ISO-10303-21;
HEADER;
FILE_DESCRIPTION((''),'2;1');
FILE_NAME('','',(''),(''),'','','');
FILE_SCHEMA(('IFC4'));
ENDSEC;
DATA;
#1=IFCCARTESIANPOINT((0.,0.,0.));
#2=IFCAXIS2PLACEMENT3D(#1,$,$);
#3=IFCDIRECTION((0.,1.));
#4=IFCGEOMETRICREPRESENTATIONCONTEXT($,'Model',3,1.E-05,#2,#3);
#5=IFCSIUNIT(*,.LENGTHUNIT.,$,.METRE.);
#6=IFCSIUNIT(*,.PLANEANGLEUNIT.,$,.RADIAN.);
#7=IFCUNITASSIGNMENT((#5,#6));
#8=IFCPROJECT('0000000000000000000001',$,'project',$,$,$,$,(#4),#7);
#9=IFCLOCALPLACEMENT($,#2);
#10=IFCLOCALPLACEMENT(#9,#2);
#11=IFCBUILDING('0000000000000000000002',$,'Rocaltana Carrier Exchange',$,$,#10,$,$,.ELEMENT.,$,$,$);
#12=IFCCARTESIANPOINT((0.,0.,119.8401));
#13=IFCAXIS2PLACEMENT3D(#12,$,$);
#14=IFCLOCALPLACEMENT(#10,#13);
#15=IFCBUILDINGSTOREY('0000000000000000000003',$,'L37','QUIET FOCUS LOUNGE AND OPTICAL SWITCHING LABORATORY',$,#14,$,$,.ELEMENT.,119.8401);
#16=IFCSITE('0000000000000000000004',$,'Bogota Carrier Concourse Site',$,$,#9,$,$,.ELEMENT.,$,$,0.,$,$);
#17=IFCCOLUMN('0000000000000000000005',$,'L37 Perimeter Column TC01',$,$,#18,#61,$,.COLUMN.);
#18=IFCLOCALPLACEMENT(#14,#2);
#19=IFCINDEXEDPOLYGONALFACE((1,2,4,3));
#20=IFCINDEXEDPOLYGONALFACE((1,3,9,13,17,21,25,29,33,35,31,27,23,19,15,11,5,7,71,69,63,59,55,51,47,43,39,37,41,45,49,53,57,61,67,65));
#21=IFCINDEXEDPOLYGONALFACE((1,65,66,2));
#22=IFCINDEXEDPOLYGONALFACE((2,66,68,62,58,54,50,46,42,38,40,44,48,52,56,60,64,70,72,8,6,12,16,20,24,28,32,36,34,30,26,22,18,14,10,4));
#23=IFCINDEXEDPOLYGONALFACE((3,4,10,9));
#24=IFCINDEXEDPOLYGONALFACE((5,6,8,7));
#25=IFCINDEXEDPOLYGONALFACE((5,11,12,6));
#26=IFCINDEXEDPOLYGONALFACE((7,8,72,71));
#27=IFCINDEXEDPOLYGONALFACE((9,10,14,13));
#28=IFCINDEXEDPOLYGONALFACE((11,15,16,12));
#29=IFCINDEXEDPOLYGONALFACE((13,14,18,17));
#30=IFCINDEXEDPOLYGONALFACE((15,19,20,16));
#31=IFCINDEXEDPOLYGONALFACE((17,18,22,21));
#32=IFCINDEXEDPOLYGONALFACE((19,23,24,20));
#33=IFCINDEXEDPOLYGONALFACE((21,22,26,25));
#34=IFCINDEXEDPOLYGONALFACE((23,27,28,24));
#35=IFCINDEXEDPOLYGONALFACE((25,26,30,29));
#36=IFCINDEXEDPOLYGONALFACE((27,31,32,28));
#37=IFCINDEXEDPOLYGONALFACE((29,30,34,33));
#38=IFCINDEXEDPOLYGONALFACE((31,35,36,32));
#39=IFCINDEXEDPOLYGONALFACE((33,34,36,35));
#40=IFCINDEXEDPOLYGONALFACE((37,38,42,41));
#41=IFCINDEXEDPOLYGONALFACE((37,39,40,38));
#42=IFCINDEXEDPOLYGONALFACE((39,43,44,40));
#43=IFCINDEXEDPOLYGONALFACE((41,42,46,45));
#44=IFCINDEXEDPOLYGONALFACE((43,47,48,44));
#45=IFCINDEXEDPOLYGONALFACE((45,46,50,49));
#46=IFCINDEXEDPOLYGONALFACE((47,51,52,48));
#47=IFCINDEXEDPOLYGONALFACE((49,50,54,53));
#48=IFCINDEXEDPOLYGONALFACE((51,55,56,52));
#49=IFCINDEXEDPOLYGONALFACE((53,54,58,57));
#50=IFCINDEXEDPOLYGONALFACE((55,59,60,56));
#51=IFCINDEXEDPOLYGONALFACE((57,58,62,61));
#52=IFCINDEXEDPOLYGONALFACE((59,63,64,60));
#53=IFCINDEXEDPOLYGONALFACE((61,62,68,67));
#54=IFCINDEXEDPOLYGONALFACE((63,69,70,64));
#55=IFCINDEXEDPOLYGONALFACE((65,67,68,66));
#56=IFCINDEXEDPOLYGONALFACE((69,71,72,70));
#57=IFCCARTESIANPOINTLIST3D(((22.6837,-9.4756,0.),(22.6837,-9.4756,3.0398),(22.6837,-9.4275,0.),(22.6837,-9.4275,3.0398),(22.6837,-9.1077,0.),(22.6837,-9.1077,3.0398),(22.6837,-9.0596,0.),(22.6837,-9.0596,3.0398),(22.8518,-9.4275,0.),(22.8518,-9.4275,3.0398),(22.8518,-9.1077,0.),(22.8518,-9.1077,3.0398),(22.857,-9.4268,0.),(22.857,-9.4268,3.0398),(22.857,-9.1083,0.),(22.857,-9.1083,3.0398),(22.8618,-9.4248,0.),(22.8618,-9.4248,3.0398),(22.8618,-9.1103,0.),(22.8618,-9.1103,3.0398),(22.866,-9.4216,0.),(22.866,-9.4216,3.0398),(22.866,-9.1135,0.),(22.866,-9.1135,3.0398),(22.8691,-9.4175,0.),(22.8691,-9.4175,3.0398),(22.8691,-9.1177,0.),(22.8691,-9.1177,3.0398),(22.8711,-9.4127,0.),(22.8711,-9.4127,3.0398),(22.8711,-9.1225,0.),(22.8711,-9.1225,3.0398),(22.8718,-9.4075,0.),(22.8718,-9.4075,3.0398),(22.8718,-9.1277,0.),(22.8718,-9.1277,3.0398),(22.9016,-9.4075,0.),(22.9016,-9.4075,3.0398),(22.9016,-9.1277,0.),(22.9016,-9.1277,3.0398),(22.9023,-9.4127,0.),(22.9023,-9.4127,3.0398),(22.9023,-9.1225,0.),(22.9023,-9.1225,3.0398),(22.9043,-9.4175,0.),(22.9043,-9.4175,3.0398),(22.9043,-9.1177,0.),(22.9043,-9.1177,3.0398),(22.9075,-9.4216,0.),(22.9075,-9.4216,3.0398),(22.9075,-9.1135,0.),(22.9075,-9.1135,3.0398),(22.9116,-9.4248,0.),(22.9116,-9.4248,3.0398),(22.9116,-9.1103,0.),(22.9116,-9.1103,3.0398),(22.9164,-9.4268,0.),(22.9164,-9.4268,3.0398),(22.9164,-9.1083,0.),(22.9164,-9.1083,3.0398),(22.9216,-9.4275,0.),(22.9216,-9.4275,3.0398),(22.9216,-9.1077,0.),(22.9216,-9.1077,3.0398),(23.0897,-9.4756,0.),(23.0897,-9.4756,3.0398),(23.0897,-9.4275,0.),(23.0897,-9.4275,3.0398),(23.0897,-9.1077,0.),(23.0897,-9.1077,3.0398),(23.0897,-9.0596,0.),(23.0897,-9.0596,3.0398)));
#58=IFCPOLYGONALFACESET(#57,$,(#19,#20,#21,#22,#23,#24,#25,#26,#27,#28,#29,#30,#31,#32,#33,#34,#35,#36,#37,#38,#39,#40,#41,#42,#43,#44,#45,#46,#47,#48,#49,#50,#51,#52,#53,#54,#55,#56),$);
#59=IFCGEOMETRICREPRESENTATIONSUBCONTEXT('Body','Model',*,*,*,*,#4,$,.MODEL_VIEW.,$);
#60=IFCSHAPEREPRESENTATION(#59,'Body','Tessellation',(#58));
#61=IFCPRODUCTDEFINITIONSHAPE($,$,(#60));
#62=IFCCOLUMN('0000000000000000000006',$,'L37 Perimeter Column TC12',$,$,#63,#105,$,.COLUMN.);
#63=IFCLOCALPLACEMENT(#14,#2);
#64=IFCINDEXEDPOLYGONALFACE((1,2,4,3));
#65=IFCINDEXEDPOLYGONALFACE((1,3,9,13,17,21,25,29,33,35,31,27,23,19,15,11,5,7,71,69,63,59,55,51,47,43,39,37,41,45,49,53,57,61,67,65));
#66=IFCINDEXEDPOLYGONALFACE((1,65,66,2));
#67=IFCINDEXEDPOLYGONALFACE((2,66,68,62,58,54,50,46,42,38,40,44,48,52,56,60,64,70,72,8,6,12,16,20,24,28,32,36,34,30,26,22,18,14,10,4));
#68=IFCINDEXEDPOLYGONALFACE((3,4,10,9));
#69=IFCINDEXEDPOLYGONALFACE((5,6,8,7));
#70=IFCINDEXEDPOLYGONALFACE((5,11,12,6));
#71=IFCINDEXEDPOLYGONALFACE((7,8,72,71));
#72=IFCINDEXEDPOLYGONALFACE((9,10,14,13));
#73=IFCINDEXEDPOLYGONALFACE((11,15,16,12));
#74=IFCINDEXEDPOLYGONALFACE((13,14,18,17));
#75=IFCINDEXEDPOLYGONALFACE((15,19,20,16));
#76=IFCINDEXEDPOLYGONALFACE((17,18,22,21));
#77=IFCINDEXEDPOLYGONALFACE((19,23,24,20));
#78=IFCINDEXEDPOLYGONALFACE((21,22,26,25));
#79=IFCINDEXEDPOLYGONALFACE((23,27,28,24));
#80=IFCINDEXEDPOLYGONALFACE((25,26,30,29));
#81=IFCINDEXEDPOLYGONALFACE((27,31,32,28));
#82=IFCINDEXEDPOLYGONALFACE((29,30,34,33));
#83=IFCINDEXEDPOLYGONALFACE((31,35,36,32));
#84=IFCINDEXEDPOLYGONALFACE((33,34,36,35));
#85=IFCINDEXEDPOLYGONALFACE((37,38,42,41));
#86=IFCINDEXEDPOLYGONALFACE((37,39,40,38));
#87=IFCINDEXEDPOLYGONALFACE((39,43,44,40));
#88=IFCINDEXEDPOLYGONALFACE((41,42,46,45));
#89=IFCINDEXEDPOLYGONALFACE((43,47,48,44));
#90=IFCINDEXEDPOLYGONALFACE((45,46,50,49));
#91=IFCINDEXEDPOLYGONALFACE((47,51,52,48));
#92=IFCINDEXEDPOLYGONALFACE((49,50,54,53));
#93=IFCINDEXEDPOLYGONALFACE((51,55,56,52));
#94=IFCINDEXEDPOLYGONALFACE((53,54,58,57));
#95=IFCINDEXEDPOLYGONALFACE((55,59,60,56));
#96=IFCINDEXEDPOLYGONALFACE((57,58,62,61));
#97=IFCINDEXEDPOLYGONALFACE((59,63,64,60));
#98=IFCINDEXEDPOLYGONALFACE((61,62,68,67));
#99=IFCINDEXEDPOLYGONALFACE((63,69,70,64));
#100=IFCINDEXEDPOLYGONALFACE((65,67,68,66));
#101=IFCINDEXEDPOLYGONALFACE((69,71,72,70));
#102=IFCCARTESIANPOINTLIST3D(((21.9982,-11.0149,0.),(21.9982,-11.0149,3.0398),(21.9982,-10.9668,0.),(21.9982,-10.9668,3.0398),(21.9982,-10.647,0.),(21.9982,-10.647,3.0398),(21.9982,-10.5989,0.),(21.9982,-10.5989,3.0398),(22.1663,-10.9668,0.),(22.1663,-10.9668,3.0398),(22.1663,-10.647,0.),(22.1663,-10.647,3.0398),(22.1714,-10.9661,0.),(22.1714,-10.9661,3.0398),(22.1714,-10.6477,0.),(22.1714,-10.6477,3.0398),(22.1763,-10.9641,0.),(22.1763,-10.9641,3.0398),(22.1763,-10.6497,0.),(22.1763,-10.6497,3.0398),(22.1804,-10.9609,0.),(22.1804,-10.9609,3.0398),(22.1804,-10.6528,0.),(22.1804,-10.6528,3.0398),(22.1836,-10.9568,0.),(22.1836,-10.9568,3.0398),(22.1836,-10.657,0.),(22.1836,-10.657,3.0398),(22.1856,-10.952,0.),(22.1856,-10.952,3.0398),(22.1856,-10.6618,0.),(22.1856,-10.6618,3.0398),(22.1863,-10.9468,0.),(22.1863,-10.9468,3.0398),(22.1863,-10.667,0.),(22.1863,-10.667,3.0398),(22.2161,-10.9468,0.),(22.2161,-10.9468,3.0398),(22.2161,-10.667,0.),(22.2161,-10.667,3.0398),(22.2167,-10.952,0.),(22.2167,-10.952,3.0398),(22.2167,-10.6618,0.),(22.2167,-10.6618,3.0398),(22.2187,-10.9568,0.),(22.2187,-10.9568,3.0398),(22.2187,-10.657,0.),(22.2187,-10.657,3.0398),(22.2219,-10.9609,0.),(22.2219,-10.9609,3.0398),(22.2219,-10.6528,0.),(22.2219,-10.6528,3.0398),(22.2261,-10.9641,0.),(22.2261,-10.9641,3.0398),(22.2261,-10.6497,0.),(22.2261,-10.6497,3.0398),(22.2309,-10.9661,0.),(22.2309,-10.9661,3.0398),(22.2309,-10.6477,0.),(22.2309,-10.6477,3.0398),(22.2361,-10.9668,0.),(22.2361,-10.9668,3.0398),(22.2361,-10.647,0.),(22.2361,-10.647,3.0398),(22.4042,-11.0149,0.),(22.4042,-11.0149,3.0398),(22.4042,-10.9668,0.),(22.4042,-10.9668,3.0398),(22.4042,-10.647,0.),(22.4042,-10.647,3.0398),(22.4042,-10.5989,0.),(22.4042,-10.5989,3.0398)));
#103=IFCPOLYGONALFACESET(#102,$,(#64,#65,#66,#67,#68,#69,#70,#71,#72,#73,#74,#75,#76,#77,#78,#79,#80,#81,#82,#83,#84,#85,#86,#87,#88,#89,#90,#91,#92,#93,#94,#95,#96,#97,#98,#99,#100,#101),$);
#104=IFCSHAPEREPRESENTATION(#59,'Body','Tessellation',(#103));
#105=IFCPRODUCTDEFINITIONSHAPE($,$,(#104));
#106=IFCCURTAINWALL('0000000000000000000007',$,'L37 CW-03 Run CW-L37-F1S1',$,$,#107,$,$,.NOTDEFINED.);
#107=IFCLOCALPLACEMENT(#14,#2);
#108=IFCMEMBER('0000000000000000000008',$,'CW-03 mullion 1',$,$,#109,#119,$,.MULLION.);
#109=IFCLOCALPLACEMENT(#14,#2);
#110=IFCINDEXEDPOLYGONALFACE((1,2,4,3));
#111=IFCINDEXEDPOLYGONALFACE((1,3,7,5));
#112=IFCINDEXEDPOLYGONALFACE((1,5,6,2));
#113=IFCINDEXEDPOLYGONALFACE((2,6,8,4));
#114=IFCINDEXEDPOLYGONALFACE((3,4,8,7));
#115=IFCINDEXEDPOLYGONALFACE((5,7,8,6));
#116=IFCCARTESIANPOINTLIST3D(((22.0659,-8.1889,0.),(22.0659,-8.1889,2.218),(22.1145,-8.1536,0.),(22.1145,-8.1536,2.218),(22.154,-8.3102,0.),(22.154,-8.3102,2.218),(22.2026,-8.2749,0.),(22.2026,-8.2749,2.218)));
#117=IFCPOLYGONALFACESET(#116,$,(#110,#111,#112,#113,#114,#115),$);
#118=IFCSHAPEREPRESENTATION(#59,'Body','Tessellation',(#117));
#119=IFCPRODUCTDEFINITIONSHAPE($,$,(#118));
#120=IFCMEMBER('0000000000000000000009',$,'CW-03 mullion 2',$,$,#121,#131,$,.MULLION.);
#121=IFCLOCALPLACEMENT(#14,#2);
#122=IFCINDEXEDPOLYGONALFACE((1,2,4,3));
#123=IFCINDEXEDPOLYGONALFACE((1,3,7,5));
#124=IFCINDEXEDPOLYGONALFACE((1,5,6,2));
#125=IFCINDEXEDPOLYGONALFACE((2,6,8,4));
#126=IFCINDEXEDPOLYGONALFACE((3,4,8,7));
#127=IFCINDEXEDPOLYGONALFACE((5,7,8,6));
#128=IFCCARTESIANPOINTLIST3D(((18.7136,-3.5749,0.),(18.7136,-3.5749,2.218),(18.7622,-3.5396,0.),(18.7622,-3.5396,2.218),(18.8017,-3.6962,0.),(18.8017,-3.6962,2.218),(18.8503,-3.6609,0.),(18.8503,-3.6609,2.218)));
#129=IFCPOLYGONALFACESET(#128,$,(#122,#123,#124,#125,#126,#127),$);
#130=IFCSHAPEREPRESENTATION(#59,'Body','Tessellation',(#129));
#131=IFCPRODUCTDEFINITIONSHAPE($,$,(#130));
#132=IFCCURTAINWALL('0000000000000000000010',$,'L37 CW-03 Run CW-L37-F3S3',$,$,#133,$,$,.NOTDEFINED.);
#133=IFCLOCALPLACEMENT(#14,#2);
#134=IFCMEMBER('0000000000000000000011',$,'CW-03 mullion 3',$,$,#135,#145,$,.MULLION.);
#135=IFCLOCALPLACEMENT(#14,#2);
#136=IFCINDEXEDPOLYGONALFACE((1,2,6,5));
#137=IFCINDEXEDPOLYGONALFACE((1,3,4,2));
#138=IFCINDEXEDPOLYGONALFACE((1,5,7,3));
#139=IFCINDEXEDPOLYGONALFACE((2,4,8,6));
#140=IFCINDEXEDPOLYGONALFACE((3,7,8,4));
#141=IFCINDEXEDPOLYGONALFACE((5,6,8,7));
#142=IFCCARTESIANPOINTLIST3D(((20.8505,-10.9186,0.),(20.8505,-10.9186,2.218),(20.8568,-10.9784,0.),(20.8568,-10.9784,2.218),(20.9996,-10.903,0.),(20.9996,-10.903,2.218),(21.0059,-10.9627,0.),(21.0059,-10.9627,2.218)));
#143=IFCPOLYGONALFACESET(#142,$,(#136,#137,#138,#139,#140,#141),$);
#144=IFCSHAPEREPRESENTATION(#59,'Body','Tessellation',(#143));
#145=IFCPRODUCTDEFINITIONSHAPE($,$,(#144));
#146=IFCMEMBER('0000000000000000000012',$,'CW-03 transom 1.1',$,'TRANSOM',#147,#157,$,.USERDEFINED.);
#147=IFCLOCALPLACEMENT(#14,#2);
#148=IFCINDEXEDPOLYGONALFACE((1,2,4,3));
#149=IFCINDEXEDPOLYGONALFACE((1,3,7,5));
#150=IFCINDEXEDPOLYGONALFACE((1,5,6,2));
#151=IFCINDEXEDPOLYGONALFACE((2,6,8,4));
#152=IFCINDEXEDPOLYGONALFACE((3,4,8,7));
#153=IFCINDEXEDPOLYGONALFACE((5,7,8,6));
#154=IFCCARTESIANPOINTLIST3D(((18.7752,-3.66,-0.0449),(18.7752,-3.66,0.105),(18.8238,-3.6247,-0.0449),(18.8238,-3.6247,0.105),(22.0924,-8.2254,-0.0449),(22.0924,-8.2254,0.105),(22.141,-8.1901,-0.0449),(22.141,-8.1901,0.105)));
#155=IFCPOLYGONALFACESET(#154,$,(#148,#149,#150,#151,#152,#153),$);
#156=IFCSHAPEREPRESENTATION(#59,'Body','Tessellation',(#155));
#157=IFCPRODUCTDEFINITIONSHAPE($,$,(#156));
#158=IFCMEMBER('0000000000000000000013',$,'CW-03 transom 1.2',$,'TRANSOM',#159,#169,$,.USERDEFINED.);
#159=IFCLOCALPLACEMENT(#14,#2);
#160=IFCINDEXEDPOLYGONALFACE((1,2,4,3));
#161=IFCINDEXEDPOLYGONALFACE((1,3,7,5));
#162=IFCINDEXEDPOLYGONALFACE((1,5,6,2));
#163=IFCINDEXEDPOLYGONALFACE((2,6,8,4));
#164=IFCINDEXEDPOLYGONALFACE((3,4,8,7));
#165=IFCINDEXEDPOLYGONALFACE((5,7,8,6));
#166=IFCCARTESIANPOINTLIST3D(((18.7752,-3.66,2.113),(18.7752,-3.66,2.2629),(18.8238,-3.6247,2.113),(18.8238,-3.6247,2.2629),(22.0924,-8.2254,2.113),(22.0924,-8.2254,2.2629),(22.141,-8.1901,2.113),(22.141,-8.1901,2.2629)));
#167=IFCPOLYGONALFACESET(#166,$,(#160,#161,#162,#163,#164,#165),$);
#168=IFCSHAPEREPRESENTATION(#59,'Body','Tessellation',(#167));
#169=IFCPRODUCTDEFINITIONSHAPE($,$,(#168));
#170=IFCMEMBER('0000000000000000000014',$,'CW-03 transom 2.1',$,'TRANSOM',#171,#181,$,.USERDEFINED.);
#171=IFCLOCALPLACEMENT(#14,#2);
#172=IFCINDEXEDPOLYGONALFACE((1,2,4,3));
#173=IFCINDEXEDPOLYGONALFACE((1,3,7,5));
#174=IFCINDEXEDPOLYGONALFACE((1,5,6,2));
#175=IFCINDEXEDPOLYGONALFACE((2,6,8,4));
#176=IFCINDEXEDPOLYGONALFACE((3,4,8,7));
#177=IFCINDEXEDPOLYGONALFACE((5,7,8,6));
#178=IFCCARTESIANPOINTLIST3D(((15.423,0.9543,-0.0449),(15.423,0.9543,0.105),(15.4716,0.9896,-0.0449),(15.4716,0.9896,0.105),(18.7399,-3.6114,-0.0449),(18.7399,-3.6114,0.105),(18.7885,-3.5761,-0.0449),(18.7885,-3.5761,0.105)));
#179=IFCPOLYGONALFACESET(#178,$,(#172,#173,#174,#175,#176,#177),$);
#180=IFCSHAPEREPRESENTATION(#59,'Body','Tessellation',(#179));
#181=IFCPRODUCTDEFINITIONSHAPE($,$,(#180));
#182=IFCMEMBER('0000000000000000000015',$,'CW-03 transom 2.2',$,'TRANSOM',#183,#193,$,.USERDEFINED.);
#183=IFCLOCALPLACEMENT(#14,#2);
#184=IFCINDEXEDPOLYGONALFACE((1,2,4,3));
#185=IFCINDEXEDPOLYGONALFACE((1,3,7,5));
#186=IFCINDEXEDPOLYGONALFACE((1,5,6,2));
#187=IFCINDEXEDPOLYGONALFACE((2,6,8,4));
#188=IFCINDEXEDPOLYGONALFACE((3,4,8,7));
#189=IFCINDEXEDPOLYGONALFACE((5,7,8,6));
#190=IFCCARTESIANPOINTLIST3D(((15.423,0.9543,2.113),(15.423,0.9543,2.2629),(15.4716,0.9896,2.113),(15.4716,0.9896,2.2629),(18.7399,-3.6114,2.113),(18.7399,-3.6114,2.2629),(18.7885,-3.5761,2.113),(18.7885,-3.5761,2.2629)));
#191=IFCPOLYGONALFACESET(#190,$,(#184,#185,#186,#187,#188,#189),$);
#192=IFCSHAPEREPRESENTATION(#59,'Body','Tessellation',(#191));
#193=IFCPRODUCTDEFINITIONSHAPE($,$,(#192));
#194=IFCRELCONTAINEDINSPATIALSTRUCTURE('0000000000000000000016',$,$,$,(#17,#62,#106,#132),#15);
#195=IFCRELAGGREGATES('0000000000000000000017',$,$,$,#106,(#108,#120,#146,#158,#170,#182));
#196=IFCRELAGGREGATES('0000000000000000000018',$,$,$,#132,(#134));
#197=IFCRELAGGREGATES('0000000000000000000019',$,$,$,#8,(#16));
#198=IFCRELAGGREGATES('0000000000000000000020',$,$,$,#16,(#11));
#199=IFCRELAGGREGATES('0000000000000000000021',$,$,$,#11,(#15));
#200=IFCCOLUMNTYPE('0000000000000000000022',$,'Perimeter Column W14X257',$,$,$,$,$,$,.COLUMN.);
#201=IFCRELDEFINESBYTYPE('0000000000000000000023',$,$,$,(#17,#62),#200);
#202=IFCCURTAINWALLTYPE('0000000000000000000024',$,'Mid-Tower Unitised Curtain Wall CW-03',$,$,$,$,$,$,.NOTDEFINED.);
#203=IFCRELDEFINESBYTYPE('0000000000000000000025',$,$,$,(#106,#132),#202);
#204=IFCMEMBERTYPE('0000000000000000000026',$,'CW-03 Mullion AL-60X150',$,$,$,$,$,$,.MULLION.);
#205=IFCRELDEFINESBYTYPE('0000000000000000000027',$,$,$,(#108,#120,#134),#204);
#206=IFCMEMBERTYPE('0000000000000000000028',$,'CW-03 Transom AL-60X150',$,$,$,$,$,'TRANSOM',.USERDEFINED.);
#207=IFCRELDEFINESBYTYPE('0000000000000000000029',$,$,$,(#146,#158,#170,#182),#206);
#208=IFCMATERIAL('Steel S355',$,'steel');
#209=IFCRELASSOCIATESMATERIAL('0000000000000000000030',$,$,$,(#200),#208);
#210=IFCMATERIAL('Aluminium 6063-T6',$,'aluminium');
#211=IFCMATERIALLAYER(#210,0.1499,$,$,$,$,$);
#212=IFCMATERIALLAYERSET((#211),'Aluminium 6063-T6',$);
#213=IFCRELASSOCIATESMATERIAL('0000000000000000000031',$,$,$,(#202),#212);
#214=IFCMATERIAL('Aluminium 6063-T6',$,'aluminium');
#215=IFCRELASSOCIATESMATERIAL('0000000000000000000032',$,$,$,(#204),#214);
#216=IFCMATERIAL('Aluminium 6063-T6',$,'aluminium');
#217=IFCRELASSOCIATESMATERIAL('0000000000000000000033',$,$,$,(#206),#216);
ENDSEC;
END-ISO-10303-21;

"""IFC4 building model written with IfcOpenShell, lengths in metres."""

from ifc_helpers import new_model, si_unit, direction, frame, origin, origin_2d, place, context, subcontext, project, spatial, rectangle, i_section, extrude, material, layer, layer_set, material_profile, profile_set, type_object, element, aggregate, save


model = new_model("IFC4")

# Units and contexts
model_context = context("Model", 3, precision=1e-05, world=origin(), true_north=direction((0.0, 1.0)))
body_context = subcontext(model_context, "Body", "Model", "MODEL_VIEW")
ifc_project = project(units=[si_unit("LENGTHUNIT", "METRE"), si_unit("PLANEANGLEUNIT", "RADIAN")], contexts=[model_context])

# Site, building, storey
site_placement = place(None, origin())
site = spatial("IfcSite", under=ifc_project, at=site_placement, Name="Bogota Carrier Concourse Site", CompositionType="ELEMENT", RefElevation=0.0)
building_placement = place(site_placement, origin())
building = spatial("IfcBuilding", under=site, at=building_placement, Name="Rocaltana Carrier Exchange", CompositionType="ELEMENT")
storey_placement = place(building_placement, frame((0.0, 0.0, 119.8401)))
storey = spatial("IfcBuildingStorey", under=building, at=storey_placement, Name="L37", Description="QUIET FOCUS LOUNGE AND OPTICAL SWITCHING LABORATORY", CompositionType="ELEMENT", Elevation=119.8401)

# Columns
ifc_material_1 = material(Name="Steel S355", Category="steel")
ifc_material_profile_1 = material_profile(ifc_material_1, i_section(OverallWidth=0.406, OverallDepth=0.416, WebThickness=0.0298, FlangeThickness=0.0481, FilletRadius=0.02, at=origin_2d()), Name="W14X257")
ifc_profile_set_1 = profile_set([ifc_material_profile_1], Name="Steel S355")
column_type = type_object("IfcColumnType", Name="Perimeter Column W14X257", PredefinedType="COLUMN", material=ifc_profile_set_1)
for number, where, z_axis, x_axis, name in (
    (1, (22.8867, -9.2676, 0.0), (0.0, 0.0, 1.0), (1.0, 0.0, 0.0), "L37 Perimeter Column TC01"),
    (2, (22.2012, -10.8069, 0.0), (0.0, 0.0, 1.0), (1.0, 0.0, 0.0), "L37 Perimeter Column TC12"),
):
    element("IfcColumn", number, at=place(storey_placement, frame(where, z_axis=z_axis, x_axis=x_axis)), inside=storey, type_object=column_type, Name=name, PredefinedType="COLUMN", context=body_context, shape_type="SweptSolid", body=[
        extrude(i_section(OverallWidth=0.406, OverallDepth=0.416, WebThickness=0.0298, FlangeThickness=0.0481, FilletRadius=0.02, at=origin_2d()), origin(), (0.0, 0.0, 1.0), 3.0398),
    ])

# Curtain wall, members
ifc_material_2 = material(Name="Aluminium 6063-T6", Category="aluminium")
ifc_layer_1 = layer(ifc_material_2, 0.1499)
ifc_layer_set_1 = layer_set([ifc_layer_1], Name="Aluminium 6063-T6")
curtain_wall_type = type_object("IfcCurtainWallType", Name="Mid-Tower Unitised Curtain Wall CW-03", PredefinedType="NOTDEFINED", material=ifc_layer_set_1)
curtain_wall_1_placement = place(storey_placement, origin())
curtain_wall_1 = element("IfcCurtainWall", 3, at=curtain_wall_1_placement, inside=storey, type_object=curtain_wall_type, Name="L37 CW-03 Run CW-L37-F1S1", PredefinedType="NOTDEFINED")
ifc_material_3 = material(Name="Aluminium 6063-T6", Category="aluminium")
ifc_material_profile_2 = material_profile(ifc_material_3, rectangle(XDim=0.0601, YDim=0.1499, at=origin_2d()), Name="AL-60X150")
ifc_profile_set_2 = profile_set([ifc_material_profile_2], Name="Aluminium 6063-T6")
member_type_1 = type_object("IfcMemberType", Name="CW-03 Mullion AL-60X150", PredefinedType="MULLION", material=ifc_profile_set_2)
member_1_placement = place(storey_placement, frame((22.1343, -8.2319, 0.0), z_axis=(0.0, 0.0, 1.0), x_axis=(-0.809014, -0.58779, 0.0)))
member_1 = element("IfcMember", 4, at=member_1_placement, type_object=member_type_1, Name="CW-03 mullion 1", PredefinedType="MULLION", context=body_context, shape_type="SweptSolid", body=[
    extrude(rectangle(XDim=0.0601, YDim=0.1499, at=origin_2d()), origin(), (0.0, 0.0, 1.0), 2.218),
])
member_2_placement = place(storey_placement, frame((18.782, -3.6179, 0.0), z_axis=(0.0, 0.0, 1.0), x_axis=(-0.809014, -0.58779, 0.0)))
member_2 = element("IfcMember", 5, at=member_2_placement, type_object=member_type_1, Name="CW-03 mullion 2", PredefinedType="MULLION", context=body_context, shape_type="SweptSolid", body=[
    extrude(rectangle(XDim=0.0601, YDim=0.1499, at=origin_2d()), origin(), (0.0, 0.0, 1.0), 2.218),
])

# Curtain wall, member
curtain_wall_2_placement = place(storey_placement, origin())
curtain_wall_2 = element("IfcCurtainWall", 6, at=curtain_wall_2_placement, inside=storey, type_object=curtain_wall_type, Name="L37 CW-03 Run CW-L37-F3S3", PredefinedType="NOTDEFINED")
member_3_placement = place(storey_placement, frame((20.9282, -10.9407, 0.0), z_axis=(0.0, 0.0, 1.0), x_axis=(-0.104522, 0.994523, 0.0)))
member_3 = element("IfcMember", 7, at=member_3_placement, type_object=member_type_1, Name="CW-03 mullion 3", PredefinedType="MULLION", context=body_context, shape_type="SweptSolid", body=[
    extrude(rectangle(XDim=0.0601, YDim=0.1499, at=origin_2d()), origin(), (0.0, 0.0, 1.0), 2.218),
])

# Members
ifc_material_4 = material(Name="Aluminium 6063-T6", Category="aluminium")
ifc_material_profile_3 = material_profile(ifc_material_4, rectangle(XDim=0.0601, YDim=0.1499, at=origin_2d()), Name="AL-60X150")
ifc_profile_set_3 = profile_set([ifc_material_profile_3], Name="Aluminium 6063-T6")
member_type_2 = type_object("IfcMemberType", Name="CW-03 Transom AL-60X150", ElementType="TRANSOM", PredefinedType="USERDEFINED", material=ifc_profile_set_3)
member_4_placement = place(storey_placement, frame((22.1167, -8.2078, 0.03), z_axis=(-0.587804, 0.809004, 0.0), x_axis=(-0.809004, -0.587804, 0.0)))
member_4 = element("IfcMember", 8, at=member_4_placement, type_object=member_type_2, Name="CW-03 transom 1.1", ObjectType="TRANSOM", PredefinedType="USERDEFINED", context=body_context, shape_type="SweptSolid", body=[
    extrude(rectangle(XDim=0.0601, YDim=0.1499, at=origin_2d()), origin(), (0.0, 0.0, 1.0), 5.6433),
])
member_5_placement = place(storey_placement, frame((22.1167, -8.2078, 2.188), z_axis=(-0.587804, 0.809004, 0.0), x_axis=(-0.809004, -0.587804, 0.0)))
member_5 = element("IfcMember", 9, at=member_5_placement, type_object=member_type_2, Name="CW-03 transom 1.2", ObjectType="TRANSOM", PredefinedType="USERDEFINED", context=body_context, shape_type="SweptSolid", body=[
    extrude(rectangle(XDim=0.0601, YDim=0.1499, at=origin_2d()), origin(), (0.0, 0.0, 1.0), 5.6433),
])
member_6_placement = place(storey_placement, frame((18.7642, -3.5938, 0.03), z_axis=(-0.587755, 0.809039, 0.0), x_axis=(-0.809039, -0.587755, 0.0)))
member_6 = element("IfcMember", 10, at=member_6_placement, type_object=member_type_2, Name="CW-03 transom 2.1", ObjectType="TRANSOM", PredefinedType="USERDEFINED", context=body_context, shape_type="SweptSolid", body=[
    extrude(rectangle(XDim=0.0601, YDim=0.1499, at=origin_2d()), origin(), (0.0, 0.0, 1.0), 5.6433),
])
member_7_placement = place(storey_placement, frame((18.7642, -3.5938, 2.188), z_axis=(-0.587755, 0.809039, 0.0), x_axis=(-0.809039, -0.587755, 0.0)))
member_7 = element("IfcMember", 11, at=member_7_placement, type_object=member_type_2, Name="CW-03 transom 2.2", ObjectType="TRANSOM", PredefinedType="USERDEFINED", context=body_context, shape_type="SweptSolid", body=[
    extrude(rectangle(XDim=0.0601, YDim=0.1499, at=origin_2d()), origin(), (0.0, 0.0, 1.0), 5.6433),
])

aggregate(curtain_wall_1, [member_1, member_2, member_4, member_5, member_6, member_7])
aggregate(curtain_wall_2, [member_3])

save(model, "model.ifc")
